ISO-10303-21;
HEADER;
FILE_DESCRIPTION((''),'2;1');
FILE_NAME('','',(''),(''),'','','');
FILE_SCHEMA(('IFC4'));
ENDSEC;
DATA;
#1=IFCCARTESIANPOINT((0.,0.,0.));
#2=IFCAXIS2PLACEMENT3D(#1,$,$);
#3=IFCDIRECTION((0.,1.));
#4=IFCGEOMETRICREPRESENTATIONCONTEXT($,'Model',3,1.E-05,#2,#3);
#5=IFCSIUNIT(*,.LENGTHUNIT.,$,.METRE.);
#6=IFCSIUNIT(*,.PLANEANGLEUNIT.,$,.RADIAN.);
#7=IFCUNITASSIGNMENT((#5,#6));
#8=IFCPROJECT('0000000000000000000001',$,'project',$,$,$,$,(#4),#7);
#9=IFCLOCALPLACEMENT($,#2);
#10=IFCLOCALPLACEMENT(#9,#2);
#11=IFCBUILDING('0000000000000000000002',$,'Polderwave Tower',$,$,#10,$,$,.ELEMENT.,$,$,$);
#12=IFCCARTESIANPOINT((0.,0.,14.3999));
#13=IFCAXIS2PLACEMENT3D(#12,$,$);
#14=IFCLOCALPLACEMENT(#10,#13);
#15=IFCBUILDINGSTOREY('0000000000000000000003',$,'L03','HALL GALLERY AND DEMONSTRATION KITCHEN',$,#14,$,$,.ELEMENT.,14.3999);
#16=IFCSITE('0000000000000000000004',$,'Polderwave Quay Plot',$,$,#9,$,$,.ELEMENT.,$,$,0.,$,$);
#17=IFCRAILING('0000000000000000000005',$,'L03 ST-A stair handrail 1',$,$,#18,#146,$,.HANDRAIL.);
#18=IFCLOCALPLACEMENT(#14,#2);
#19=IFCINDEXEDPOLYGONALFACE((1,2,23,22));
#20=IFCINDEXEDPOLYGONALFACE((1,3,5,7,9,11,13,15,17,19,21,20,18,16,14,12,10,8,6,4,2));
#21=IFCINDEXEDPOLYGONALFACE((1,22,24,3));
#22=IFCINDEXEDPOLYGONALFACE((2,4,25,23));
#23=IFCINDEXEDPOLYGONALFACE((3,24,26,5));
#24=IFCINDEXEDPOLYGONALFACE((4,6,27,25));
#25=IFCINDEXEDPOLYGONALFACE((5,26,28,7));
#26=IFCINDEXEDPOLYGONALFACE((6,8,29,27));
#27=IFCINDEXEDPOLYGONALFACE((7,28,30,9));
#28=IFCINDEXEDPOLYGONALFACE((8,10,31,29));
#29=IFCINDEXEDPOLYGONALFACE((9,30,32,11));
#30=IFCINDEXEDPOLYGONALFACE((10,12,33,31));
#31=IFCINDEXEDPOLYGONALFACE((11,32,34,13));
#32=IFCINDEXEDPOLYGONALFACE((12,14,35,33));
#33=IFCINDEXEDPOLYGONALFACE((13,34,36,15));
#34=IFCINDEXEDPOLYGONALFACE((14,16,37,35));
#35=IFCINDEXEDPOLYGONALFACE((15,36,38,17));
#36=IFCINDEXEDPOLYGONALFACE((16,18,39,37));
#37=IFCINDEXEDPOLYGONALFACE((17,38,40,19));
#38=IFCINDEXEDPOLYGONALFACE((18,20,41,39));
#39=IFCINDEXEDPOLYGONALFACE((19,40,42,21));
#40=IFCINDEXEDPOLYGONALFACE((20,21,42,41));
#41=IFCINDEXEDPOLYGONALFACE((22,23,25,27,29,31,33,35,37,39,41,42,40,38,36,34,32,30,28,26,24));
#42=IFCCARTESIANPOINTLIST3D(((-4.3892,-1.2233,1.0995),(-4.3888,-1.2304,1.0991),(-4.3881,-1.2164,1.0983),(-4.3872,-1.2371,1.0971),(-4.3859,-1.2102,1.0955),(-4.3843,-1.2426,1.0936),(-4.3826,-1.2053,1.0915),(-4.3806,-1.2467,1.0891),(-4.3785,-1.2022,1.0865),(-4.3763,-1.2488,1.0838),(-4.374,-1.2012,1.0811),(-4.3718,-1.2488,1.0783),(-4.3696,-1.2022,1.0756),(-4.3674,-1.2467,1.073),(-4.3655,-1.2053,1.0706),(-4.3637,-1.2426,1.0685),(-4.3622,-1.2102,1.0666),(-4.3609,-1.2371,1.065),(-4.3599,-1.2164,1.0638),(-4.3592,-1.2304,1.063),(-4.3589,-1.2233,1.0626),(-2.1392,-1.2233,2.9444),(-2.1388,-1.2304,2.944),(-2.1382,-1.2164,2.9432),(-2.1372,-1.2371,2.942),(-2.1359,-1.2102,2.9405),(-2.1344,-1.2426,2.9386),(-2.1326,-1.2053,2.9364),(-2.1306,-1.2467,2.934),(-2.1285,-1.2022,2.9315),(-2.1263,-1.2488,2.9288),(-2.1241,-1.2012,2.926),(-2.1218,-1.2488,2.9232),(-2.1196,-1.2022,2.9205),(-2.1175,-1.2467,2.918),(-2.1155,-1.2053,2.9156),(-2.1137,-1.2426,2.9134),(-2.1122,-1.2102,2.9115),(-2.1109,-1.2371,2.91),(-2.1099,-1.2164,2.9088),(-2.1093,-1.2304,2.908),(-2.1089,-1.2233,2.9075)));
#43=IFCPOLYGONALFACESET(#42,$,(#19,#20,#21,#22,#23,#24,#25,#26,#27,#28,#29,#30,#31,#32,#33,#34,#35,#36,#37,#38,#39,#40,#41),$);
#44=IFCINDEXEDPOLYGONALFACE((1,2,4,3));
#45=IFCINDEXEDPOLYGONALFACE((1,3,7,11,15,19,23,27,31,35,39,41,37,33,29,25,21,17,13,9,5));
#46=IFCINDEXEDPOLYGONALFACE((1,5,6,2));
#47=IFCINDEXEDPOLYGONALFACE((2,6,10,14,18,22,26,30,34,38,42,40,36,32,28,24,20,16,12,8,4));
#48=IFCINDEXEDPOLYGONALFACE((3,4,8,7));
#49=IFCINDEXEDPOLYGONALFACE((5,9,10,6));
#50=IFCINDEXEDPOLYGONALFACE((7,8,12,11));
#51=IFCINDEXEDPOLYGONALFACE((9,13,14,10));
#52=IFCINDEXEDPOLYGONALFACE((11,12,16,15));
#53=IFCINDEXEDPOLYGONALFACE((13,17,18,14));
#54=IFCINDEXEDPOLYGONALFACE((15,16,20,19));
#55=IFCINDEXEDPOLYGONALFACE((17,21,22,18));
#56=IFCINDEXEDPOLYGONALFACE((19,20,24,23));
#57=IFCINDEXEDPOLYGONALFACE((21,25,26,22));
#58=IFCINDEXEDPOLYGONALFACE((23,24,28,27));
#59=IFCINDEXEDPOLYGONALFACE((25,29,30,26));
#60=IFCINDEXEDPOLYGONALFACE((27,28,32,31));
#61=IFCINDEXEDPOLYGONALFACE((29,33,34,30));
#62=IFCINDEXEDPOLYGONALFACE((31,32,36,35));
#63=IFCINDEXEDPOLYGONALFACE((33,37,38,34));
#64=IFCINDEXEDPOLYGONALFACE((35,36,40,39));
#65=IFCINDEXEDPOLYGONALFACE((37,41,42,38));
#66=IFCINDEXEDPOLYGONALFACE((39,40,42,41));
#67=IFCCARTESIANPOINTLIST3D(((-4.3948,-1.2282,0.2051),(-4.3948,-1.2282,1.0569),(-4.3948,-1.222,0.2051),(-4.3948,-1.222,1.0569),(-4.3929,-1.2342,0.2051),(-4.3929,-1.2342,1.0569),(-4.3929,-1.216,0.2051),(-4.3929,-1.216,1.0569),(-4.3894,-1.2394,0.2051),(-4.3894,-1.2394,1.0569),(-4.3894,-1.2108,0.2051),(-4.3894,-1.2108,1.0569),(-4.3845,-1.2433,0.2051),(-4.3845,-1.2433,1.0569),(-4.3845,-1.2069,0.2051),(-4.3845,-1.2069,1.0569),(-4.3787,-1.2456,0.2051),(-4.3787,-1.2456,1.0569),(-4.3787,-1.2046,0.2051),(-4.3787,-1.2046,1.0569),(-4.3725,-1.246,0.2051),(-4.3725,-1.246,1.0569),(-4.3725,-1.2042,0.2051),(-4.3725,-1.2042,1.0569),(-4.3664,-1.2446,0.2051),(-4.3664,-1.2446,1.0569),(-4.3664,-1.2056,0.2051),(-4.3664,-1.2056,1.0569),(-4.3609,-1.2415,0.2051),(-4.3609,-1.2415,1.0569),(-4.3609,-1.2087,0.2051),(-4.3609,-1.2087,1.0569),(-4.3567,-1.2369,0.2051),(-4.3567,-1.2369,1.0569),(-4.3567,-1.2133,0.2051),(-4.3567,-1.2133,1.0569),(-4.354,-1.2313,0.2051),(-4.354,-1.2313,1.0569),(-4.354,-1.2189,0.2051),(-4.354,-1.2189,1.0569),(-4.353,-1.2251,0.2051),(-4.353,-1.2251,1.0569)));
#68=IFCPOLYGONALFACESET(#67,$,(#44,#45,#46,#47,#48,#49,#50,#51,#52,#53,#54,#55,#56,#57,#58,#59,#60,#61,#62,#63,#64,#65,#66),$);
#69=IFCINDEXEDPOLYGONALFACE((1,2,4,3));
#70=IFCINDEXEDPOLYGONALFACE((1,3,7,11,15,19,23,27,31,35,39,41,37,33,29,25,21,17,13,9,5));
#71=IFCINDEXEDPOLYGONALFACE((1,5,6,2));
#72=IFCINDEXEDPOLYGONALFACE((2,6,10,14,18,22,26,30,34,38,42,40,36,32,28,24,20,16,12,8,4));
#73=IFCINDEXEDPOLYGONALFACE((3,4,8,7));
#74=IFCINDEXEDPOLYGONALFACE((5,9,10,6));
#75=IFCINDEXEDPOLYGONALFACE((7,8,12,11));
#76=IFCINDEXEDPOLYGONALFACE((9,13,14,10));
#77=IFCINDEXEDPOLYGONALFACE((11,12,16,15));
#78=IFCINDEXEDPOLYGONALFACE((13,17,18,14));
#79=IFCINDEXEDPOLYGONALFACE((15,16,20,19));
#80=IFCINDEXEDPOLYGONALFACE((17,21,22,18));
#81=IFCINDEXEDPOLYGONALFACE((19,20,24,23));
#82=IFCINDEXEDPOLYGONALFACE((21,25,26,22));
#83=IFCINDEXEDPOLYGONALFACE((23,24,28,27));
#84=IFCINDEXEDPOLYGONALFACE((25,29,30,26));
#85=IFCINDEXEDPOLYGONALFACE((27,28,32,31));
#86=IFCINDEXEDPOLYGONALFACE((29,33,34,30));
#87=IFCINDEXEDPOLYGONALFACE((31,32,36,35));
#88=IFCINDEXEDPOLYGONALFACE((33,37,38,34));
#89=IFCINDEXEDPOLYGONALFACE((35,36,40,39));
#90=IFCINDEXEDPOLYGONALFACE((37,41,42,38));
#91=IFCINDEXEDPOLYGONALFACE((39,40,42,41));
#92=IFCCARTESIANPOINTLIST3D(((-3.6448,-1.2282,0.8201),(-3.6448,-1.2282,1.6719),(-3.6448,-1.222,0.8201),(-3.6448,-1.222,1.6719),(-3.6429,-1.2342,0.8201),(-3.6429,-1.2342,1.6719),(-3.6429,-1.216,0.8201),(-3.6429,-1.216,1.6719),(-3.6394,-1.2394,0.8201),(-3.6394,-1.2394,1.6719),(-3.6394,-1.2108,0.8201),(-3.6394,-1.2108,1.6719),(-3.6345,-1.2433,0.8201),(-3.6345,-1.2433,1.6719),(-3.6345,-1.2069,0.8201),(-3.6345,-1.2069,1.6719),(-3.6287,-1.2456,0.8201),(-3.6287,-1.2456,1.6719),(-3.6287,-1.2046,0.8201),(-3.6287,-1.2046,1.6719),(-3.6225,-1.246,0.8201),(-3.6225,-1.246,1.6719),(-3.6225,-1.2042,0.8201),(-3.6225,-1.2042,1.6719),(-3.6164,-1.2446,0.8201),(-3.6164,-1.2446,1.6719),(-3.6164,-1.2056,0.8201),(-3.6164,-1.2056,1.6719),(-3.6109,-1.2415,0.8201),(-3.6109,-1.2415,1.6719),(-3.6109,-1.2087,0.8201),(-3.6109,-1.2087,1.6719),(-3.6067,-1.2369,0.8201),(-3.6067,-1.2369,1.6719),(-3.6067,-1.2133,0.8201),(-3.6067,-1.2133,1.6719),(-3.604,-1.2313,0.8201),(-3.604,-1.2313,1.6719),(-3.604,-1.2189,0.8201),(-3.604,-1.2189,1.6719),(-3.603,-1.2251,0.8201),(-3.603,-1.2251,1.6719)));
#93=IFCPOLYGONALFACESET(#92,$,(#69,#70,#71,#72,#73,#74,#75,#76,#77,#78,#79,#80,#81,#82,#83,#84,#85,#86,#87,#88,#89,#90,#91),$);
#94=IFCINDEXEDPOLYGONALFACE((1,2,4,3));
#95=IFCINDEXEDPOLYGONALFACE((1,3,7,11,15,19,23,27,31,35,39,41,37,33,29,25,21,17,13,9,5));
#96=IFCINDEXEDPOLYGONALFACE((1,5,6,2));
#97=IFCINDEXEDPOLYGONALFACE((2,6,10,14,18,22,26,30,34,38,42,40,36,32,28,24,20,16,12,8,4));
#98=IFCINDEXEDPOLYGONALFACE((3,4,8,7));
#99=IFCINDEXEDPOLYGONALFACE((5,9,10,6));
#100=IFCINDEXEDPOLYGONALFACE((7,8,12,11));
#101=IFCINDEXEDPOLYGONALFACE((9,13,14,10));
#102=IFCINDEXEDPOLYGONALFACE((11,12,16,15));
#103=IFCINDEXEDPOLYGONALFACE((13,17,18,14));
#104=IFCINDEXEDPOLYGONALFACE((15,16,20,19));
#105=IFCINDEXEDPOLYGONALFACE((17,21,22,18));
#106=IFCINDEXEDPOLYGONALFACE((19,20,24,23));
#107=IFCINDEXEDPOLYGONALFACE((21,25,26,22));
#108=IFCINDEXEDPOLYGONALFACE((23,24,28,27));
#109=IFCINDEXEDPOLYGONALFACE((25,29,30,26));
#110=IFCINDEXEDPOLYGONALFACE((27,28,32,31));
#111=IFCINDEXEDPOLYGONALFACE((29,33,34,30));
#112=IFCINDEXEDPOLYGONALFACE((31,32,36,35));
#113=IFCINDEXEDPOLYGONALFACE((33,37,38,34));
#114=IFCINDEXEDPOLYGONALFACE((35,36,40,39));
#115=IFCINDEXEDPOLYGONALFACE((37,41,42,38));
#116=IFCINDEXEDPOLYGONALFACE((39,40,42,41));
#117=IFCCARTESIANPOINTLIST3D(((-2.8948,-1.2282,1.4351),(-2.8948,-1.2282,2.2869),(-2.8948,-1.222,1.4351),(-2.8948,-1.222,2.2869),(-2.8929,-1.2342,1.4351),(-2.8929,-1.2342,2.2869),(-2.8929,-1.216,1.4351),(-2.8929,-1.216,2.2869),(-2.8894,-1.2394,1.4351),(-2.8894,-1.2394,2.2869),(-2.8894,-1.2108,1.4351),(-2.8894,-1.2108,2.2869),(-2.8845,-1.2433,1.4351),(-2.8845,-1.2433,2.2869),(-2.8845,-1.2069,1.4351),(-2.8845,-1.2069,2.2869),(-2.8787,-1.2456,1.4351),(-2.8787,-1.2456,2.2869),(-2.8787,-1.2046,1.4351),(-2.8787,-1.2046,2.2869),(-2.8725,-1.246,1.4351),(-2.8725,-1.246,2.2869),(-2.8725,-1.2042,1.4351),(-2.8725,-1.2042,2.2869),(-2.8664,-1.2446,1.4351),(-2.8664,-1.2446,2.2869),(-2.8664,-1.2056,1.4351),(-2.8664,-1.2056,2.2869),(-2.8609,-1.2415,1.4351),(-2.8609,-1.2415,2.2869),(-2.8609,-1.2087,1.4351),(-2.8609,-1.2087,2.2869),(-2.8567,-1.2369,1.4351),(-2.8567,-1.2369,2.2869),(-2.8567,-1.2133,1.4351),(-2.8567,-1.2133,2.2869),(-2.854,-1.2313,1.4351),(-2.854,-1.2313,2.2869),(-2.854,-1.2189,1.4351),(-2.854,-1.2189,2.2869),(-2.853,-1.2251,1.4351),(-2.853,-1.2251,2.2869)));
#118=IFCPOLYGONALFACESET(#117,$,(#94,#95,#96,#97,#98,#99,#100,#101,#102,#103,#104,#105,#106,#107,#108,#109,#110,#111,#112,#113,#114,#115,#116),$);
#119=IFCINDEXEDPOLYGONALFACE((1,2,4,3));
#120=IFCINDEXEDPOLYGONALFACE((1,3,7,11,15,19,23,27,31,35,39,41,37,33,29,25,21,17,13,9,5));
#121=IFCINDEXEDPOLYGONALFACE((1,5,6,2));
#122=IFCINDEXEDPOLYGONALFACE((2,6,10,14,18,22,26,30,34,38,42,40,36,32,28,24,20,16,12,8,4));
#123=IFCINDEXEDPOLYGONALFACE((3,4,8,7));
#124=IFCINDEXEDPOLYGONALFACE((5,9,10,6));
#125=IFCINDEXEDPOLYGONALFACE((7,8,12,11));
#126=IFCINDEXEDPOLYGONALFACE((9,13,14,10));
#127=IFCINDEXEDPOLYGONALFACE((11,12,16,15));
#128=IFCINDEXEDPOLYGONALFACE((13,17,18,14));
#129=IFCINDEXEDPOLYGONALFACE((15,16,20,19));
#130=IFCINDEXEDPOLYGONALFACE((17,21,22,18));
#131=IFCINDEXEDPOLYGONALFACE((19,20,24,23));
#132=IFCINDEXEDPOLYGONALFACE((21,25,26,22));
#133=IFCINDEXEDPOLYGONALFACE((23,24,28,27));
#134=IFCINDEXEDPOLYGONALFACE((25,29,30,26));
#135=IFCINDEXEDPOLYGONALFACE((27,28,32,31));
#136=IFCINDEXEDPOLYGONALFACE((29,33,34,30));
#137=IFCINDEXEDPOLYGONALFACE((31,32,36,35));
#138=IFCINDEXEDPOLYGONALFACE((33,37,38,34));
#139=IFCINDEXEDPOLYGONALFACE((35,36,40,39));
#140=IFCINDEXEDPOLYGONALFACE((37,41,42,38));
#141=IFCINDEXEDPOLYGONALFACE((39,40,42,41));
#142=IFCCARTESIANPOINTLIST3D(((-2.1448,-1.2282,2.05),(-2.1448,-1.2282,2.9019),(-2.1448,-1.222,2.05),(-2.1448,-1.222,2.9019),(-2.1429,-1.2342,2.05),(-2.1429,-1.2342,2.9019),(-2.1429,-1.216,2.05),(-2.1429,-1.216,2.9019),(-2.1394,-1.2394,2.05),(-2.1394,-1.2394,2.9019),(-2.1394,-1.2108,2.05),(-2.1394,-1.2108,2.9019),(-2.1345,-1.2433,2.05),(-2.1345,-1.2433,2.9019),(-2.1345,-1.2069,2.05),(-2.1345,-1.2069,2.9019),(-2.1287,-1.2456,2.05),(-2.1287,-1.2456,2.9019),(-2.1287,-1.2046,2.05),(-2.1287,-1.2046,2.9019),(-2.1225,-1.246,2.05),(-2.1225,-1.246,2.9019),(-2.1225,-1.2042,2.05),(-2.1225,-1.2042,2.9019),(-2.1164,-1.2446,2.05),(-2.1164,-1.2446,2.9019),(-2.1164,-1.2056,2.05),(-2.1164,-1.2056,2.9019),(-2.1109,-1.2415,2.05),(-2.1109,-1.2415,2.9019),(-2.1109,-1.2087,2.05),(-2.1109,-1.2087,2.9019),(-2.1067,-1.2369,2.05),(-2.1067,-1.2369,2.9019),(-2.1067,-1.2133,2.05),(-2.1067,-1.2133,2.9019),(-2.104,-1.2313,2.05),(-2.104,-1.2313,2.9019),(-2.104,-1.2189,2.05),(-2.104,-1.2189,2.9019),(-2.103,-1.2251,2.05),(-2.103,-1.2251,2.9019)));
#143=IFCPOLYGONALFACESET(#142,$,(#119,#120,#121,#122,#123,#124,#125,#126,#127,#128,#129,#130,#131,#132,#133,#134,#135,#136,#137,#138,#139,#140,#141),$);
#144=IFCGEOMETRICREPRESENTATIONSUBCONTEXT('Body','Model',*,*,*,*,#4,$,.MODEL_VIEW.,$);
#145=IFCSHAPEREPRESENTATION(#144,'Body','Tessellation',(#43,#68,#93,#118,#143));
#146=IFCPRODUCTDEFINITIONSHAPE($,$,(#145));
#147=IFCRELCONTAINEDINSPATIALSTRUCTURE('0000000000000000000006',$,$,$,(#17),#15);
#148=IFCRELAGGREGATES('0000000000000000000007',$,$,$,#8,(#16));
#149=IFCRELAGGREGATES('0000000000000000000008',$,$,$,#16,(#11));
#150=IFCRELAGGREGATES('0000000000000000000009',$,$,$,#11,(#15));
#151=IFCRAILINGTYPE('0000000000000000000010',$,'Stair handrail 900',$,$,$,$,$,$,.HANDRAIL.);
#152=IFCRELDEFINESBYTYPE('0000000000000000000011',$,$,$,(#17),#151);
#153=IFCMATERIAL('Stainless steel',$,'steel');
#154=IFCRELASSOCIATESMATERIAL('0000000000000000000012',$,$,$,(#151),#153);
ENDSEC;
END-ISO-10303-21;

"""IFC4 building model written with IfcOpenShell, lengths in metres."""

from ifc_helpers import new_model, si_unit, direction, frame, origin, origin_2d, place, context, subcontext, project, spatial, circle, extrude, material, type_object, element, save


model = new_model("IFC4")

# Units and contexts
model_context = context("Model", 3, precision=1e-05, world=origin(), true_north=direction((0.0, 1.0)))
body_context = subcontext(model_context, "Body", "Model", "MODEL_VIEW")
ifc_project = project(units=[si_unit("LENGTHUNIT", "METRE"), si_unit("PLANEANGLEUNIT", "RADIAN")], contexts=[model_context])

# Site, building, storey
site_placement = place(None, origin())
site = spatial("IfcSite", under=ifc_project, at=site_placement, Name="Polderwave Quay Plot", CompositionType="ELEMENT", RefElevation=0.0)
building_placement = place(site_placement, origin())
building = spatial("IfcBuilding", under=site, at=building_placement, Name="Polderwave Tower", CompositionType="ELEMENT")
storey_placement = place(building_placement, frame((0.0, 0.0, 14.3999)))
storey = spatial("IfcBuildingStorey", under=building, at=storey_placement, Name="L03", Description="HALL GALLERY AND DEMONSTRATION KITCHEN", CompositionType="ELEMENT", Elevation=14.3999)

# Railing
ifc_material_1 = material(Name="Stainless steel", Category="steel")
railing_type_1 = type_object("IfcRailingType", Name="Stair handrail 900", PredefinedType="HANDRAIL", material=ifc_material_1)
railing_1_placement = place(storey_placement, frame((-4.374, -1.2251, 0.2051)))
element("IfcRailing", 1, at=railing_1_placement, inside=storey, type_object=railing_type_1, Name="L03 ST-A stair handrail 1", PredefinedType="HANDRAIL", context=body_context, shape_type="SweptSolid", body=[
    extrude(circle(Radius=0.0239, at=origin_2d()), frame((0.0, 0.0, 0.876), z_axis=(0.773273, 0.0, 0.634074), x_axis=(0.0, 1.0, 0.0)), (0.0, 0.0, 1.0), 2.9097),
    extrude(circle(Radius=0.021, at=origin_2d()), origin(), (0.0, 0.0, 1.0), 0.8518),
    extrude(circle(Radius=0.021, at=origin_2d()), frame((0.75, 0.0, 0.615)), (0.0, 0.0, 1.0), 0.8518),
    extrude(circle(Radius=0.021, at=origin_2d()), frame((1.5, 0.0, 1.23)), (0.0, 0.0, 1.0), 0.8518),
    extrude(circle(Radius=0.021, at=origin_2d()), frame((2.25, 0.0, 1.845)), (0.0, 0.0, 1.0), 0.8518),
])

save(model, "model.ifc")
